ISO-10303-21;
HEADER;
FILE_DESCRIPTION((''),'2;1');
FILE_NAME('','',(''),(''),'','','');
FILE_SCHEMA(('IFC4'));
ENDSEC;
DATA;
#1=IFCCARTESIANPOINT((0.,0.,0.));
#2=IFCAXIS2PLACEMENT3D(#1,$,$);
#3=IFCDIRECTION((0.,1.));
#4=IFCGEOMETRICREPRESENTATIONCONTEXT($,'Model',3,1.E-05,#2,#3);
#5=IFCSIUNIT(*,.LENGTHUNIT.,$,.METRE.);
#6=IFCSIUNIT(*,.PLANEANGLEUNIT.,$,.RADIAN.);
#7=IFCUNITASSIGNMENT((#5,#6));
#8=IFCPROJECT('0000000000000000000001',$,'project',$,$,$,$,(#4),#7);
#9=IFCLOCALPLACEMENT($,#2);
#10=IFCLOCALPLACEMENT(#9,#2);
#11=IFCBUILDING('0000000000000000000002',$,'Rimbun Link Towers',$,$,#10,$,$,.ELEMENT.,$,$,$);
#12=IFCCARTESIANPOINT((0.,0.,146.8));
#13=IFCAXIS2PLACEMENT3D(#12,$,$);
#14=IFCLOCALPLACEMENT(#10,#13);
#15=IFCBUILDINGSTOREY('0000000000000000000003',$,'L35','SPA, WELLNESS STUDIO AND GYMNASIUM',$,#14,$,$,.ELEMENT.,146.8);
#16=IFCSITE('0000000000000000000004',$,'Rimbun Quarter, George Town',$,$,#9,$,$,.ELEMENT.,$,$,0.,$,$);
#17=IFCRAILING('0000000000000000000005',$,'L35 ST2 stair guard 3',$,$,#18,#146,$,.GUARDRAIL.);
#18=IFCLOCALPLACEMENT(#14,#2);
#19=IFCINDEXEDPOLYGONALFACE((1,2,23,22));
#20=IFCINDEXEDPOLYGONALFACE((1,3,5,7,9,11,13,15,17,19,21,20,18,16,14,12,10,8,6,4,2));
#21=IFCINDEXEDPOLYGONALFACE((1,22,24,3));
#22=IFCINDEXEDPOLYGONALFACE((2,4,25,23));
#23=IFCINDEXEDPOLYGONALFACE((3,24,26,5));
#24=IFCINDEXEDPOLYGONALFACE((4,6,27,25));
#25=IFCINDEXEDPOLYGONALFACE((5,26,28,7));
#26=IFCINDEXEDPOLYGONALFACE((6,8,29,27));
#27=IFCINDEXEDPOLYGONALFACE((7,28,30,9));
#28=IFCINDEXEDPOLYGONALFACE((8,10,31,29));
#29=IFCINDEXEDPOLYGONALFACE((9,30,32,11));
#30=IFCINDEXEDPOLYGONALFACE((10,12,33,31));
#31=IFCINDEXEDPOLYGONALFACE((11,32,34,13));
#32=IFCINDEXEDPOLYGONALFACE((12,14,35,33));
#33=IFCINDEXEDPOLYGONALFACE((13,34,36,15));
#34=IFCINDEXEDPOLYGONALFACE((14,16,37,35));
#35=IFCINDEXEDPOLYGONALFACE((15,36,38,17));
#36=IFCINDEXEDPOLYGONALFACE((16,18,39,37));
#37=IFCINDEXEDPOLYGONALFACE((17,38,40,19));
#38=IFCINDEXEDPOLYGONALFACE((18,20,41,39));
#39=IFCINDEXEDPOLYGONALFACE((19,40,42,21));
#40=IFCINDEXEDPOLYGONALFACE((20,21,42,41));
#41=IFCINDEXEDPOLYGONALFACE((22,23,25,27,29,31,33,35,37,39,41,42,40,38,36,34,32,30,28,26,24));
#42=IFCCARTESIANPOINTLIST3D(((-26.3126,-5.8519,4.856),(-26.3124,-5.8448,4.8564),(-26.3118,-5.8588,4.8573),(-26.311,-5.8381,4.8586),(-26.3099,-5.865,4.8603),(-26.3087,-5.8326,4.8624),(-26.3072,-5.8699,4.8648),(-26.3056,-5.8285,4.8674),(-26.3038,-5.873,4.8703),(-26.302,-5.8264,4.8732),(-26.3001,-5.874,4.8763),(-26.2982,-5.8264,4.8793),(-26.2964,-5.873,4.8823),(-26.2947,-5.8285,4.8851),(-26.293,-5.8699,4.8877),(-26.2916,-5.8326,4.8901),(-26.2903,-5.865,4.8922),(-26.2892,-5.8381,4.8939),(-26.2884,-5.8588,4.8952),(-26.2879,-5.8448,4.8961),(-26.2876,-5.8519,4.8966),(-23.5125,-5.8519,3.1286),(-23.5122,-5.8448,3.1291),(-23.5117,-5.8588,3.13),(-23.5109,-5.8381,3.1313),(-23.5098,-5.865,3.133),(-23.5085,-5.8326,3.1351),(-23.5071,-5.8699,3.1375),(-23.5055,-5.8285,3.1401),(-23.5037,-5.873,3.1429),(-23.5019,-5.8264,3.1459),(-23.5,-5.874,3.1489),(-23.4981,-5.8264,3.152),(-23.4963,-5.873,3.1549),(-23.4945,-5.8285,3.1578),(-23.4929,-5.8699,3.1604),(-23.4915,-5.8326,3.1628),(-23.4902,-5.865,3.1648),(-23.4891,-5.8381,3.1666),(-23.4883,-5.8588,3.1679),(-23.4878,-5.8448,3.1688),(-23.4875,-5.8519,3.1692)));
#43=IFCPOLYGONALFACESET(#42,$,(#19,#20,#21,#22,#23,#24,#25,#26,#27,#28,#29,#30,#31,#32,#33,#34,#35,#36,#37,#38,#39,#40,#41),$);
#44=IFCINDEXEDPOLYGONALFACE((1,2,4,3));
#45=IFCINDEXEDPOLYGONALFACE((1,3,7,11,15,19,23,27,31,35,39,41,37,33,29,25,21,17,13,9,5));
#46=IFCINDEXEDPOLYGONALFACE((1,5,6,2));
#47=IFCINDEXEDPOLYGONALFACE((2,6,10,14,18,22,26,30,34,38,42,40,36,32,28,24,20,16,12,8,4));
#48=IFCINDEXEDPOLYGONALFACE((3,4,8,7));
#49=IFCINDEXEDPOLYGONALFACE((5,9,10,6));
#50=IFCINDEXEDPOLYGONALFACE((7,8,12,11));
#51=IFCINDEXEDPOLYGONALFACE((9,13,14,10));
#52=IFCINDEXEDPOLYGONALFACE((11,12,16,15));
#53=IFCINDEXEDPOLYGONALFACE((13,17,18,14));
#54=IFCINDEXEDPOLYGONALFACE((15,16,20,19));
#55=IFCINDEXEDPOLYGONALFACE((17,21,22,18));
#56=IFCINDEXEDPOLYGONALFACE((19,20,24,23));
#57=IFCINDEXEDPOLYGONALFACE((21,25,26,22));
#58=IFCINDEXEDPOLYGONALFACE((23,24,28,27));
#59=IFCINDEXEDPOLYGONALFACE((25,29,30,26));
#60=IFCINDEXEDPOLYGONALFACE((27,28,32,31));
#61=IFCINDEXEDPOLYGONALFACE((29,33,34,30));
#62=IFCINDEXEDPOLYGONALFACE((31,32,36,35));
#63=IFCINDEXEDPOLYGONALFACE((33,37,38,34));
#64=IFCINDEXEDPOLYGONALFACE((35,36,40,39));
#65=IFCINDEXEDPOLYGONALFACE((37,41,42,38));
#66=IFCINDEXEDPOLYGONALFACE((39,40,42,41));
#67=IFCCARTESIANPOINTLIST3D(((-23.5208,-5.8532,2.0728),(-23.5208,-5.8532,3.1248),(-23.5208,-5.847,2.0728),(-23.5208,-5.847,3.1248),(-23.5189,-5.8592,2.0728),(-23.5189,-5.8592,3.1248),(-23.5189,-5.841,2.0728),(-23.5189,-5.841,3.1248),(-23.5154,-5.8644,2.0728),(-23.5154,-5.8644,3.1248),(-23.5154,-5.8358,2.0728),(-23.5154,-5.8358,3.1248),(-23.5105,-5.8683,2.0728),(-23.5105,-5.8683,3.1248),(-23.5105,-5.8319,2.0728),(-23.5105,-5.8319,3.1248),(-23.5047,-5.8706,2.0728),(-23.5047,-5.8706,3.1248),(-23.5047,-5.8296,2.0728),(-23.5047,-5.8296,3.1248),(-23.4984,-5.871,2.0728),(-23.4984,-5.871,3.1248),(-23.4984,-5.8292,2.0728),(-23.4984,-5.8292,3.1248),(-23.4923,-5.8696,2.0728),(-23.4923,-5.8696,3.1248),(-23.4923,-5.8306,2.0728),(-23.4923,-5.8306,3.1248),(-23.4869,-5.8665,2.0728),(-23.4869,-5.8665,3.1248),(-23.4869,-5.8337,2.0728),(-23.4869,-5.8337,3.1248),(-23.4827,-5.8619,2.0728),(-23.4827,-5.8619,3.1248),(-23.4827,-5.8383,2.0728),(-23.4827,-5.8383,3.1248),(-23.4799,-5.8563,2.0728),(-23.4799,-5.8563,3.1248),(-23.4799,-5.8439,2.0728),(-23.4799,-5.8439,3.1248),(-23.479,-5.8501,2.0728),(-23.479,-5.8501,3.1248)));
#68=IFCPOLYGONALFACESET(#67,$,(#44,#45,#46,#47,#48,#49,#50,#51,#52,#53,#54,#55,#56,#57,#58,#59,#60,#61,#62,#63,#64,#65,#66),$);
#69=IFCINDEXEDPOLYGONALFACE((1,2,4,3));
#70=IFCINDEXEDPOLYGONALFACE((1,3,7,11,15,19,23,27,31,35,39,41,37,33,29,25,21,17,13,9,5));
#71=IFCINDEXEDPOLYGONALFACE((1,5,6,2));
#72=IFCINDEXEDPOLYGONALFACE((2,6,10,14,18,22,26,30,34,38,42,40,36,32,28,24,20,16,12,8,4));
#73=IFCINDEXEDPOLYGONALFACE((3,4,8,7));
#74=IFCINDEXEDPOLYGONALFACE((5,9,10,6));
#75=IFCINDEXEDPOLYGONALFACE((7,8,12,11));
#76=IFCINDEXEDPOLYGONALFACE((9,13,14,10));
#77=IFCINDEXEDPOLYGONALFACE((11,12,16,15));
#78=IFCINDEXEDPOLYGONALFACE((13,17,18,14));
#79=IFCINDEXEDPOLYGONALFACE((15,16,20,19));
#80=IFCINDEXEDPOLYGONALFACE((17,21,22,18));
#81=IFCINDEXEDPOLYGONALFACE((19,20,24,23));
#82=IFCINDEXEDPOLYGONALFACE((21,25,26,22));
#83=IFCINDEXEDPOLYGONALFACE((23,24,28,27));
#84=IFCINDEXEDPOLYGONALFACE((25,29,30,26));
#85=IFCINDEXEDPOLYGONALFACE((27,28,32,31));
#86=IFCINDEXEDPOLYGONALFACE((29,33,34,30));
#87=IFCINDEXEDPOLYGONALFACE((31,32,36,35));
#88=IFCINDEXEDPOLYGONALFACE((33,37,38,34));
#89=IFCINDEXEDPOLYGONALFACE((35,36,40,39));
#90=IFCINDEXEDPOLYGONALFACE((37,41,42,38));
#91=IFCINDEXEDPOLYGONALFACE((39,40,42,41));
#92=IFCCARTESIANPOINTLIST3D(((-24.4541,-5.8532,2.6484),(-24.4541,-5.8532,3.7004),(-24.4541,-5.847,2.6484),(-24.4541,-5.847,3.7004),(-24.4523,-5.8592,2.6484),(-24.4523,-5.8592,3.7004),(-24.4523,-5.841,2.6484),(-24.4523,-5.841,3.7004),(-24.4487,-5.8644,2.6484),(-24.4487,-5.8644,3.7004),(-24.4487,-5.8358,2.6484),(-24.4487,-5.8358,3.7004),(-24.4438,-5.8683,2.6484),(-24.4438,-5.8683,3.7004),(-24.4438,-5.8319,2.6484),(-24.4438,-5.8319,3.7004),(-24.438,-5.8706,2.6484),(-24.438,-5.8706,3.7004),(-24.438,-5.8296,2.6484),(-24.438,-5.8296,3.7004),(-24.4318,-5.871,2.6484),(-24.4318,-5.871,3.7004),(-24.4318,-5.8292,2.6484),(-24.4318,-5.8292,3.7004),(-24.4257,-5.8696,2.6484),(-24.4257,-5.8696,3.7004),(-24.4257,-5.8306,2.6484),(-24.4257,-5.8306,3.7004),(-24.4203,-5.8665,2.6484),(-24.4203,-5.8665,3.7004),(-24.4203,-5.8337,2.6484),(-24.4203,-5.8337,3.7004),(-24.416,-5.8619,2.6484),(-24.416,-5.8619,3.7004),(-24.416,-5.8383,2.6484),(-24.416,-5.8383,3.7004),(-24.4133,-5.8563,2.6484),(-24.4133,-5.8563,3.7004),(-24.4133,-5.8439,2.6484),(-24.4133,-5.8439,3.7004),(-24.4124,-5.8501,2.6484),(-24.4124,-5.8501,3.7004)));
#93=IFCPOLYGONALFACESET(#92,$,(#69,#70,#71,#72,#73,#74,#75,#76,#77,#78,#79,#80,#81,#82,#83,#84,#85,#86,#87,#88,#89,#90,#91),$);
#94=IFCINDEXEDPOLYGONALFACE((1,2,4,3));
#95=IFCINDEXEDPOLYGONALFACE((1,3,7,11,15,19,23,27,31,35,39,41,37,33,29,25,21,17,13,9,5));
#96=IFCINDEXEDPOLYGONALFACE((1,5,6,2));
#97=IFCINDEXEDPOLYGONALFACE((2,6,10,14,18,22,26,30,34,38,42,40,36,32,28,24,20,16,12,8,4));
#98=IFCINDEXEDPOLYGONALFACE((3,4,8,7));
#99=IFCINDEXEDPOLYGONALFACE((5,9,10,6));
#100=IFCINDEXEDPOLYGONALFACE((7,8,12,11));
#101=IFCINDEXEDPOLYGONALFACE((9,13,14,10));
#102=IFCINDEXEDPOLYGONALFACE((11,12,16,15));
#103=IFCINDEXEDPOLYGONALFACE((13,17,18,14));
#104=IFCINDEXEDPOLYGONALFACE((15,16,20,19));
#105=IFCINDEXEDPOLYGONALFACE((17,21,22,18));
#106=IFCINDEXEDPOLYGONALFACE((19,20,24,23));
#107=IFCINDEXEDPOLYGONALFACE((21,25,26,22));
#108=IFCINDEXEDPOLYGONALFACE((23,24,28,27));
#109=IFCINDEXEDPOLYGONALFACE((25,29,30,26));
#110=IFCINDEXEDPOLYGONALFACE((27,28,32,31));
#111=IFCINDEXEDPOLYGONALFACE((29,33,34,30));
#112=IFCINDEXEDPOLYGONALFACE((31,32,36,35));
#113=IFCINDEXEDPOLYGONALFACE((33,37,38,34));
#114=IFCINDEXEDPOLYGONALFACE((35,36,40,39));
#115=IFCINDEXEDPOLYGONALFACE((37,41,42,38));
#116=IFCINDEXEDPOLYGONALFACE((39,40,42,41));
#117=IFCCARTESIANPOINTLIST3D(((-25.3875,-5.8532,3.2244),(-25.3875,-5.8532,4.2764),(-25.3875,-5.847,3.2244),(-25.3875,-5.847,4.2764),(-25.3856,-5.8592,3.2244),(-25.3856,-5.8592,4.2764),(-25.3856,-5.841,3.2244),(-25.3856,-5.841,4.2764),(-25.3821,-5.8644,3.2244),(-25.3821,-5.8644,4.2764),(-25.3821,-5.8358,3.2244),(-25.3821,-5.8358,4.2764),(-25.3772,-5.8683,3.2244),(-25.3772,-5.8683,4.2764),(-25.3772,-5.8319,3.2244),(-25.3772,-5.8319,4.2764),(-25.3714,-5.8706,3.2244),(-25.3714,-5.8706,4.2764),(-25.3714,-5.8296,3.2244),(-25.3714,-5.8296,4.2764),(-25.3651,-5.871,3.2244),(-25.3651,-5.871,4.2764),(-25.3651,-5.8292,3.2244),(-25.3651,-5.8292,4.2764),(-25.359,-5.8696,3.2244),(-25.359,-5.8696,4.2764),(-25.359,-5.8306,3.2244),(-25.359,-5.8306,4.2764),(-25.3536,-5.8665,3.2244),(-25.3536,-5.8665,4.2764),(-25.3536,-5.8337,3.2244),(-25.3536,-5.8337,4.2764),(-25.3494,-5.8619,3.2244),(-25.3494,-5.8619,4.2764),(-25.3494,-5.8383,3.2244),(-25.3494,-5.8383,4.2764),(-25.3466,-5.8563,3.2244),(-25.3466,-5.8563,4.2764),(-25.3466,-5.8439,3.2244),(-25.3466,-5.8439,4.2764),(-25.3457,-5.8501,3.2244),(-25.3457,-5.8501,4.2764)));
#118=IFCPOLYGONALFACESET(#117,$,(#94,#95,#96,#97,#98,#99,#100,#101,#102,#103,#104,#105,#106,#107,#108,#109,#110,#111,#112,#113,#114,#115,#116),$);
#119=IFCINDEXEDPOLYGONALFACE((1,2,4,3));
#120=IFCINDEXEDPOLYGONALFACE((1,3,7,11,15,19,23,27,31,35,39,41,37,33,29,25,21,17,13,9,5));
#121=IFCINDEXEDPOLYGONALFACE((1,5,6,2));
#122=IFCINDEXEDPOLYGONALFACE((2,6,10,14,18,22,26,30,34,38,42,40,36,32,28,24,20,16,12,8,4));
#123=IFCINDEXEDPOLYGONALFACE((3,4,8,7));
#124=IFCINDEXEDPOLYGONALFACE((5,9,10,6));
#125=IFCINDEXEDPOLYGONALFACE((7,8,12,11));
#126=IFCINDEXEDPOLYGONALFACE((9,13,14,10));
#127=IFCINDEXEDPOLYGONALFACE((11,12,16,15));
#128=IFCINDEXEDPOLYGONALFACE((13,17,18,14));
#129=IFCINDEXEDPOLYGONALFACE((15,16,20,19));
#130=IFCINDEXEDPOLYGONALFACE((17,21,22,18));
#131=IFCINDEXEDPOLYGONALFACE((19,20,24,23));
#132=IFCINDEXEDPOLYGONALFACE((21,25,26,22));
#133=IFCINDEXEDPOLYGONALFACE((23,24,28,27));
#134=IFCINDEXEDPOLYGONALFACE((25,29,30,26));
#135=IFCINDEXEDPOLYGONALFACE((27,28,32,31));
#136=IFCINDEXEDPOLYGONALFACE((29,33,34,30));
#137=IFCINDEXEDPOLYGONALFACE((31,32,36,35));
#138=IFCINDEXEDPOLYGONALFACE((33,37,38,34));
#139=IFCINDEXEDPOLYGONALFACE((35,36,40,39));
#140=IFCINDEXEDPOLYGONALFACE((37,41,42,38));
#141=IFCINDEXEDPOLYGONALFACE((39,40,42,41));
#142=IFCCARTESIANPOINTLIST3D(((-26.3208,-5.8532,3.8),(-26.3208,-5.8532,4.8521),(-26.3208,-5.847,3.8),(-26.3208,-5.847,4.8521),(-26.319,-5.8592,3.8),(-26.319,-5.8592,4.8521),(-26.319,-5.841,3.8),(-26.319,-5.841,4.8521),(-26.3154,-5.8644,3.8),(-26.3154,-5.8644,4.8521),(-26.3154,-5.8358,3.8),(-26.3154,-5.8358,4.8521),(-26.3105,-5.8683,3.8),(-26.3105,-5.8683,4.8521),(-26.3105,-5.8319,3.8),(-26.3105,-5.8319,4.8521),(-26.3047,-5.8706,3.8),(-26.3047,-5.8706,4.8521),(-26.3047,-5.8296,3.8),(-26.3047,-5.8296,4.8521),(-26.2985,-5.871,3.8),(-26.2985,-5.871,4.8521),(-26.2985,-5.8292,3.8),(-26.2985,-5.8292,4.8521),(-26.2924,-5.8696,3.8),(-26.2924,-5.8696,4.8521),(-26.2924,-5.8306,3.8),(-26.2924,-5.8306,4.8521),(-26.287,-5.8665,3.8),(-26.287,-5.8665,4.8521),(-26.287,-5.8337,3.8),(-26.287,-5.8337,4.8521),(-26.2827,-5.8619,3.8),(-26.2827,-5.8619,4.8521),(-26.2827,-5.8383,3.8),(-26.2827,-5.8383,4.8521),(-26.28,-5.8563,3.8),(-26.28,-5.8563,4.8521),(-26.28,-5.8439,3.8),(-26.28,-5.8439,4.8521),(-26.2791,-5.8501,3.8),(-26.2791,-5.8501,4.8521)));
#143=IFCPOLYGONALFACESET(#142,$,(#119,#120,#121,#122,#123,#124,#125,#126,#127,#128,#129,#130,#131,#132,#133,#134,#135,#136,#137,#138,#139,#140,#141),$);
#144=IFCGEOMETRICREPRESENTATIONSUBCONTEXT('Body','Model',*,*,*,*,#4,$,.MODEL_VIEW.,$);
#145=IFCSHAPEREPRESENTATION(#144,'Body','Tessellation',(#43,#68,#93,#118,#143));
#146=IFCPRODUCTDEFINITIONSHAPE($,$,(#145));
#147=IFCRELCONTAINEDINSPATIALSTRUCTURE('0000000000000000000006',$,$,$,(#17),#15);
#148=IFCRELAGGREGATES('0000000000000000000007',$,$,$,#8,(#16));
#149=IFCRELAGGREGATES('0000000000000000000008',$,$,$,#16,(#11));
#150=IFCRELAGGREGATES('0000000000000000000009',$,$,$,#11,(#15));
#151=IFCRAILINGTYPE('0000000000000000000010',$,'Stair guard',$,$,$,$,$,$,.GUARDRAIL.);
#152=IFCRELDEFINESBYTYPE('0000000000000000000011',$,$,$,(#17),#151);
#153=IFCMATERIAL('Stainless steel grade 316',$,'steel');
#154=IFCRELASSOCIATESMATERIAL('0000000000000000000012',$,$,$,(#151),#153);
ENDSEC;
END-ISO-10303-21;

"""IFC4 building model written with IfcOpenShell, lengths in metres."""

from ifc_helpers import new_model, si_unit, direction, frame, origin, origin_2d, place, context, subcontext, project, spatial, circle, extrude, material, type_object, element, save


model = new_model("IFC4")

# Units and contexts
model_context = context("Model", 3, precision=1e-05, world=origin(), true_north=direction((0.0, 1.0)))
body_context = subcontext(model_context, "Body", "Model", "MODEL_VIEW")
ifc_project = project(units=[si_unit("LENGTHUNIT", "METRE"), si_unit("PLANEANGLEUNIT", "RADIAN")], contexts=[model_context])

# Site, building, storey
site_placement = place(None, origin())
site = spatial("IfcSite", under=ifc_project, at=site_placement, Name="Rimbun Quarter, George Town", CompositionType="ELEMENT", RefElevation=0.0)
building_placement = place(site_placement, origin())
building = spatial("IfcBuilding", under=site, at=building_placement, Name="Rimbun Link Towers", CompositionType="ELEMENT")
storey_placement = place(building_placement, frame((0.0, 0.0, 146.8)))
storey = spatial("IfcBuildingStorey", under=building, at=storey_placement, Name="L35", Description="SPA, WELLNESS STUDIO AND GYMNASIUM", CompositionType="ELEMENT", Elevation=146.8)

# Railing
ifc_material_1 = material(Name="Stainless steel grade 316", Category="steel")
railing_type_1 = type_object("IfcRailingType", Name="Stair guard", PredefinedType="GUARDRAIL", material=ifc_material_1)
railing_1_placement = place(storey_placement, frame((-23.5, -5.8501, 2.0728)))
element("IfcRailing", 1, at=railing_1_placement, inside=storey, type_object=railing_type_1, Name="L35 ST2 stair guard 3", PredefinedType="GUARDRAIL", context=body_context, shape_type="SweptSolid", body=[
    extrude(circle(Radius=0.0239, at=origin_2d()), frame((0.0, 0.0, 1.0762), z_axis=(-0.85109, 0.0, 0.52502), x_axis=(0.0, -1.0, 0.0)), (0.0, 0.0, 1.0), 3.29),
    extrude(circle(Radius=0.021, at=origin_2d()), origin(), (0.0, 0.0, 1.0), 1.052),
    extrude(circle(Radius=0.021, at=origin_2d()), frame((-0.9333, 0.0, 0.5757)), (0.0, 0.0, 1.0), 1.052),
    extrude(circle(Radius=0.021, at=origin_2d()), frame((-1.8667, 0.0, 1.1516)), (0.0, 0.0, 1.0), 1.052),
    extrude(circle(Radius=0.021, at=origin_2d()), frame((-2.8, 0.0, 1.7273)), (0.0, 0.0, 1.0), 1.052),
])

save(model, "model.ifc")
